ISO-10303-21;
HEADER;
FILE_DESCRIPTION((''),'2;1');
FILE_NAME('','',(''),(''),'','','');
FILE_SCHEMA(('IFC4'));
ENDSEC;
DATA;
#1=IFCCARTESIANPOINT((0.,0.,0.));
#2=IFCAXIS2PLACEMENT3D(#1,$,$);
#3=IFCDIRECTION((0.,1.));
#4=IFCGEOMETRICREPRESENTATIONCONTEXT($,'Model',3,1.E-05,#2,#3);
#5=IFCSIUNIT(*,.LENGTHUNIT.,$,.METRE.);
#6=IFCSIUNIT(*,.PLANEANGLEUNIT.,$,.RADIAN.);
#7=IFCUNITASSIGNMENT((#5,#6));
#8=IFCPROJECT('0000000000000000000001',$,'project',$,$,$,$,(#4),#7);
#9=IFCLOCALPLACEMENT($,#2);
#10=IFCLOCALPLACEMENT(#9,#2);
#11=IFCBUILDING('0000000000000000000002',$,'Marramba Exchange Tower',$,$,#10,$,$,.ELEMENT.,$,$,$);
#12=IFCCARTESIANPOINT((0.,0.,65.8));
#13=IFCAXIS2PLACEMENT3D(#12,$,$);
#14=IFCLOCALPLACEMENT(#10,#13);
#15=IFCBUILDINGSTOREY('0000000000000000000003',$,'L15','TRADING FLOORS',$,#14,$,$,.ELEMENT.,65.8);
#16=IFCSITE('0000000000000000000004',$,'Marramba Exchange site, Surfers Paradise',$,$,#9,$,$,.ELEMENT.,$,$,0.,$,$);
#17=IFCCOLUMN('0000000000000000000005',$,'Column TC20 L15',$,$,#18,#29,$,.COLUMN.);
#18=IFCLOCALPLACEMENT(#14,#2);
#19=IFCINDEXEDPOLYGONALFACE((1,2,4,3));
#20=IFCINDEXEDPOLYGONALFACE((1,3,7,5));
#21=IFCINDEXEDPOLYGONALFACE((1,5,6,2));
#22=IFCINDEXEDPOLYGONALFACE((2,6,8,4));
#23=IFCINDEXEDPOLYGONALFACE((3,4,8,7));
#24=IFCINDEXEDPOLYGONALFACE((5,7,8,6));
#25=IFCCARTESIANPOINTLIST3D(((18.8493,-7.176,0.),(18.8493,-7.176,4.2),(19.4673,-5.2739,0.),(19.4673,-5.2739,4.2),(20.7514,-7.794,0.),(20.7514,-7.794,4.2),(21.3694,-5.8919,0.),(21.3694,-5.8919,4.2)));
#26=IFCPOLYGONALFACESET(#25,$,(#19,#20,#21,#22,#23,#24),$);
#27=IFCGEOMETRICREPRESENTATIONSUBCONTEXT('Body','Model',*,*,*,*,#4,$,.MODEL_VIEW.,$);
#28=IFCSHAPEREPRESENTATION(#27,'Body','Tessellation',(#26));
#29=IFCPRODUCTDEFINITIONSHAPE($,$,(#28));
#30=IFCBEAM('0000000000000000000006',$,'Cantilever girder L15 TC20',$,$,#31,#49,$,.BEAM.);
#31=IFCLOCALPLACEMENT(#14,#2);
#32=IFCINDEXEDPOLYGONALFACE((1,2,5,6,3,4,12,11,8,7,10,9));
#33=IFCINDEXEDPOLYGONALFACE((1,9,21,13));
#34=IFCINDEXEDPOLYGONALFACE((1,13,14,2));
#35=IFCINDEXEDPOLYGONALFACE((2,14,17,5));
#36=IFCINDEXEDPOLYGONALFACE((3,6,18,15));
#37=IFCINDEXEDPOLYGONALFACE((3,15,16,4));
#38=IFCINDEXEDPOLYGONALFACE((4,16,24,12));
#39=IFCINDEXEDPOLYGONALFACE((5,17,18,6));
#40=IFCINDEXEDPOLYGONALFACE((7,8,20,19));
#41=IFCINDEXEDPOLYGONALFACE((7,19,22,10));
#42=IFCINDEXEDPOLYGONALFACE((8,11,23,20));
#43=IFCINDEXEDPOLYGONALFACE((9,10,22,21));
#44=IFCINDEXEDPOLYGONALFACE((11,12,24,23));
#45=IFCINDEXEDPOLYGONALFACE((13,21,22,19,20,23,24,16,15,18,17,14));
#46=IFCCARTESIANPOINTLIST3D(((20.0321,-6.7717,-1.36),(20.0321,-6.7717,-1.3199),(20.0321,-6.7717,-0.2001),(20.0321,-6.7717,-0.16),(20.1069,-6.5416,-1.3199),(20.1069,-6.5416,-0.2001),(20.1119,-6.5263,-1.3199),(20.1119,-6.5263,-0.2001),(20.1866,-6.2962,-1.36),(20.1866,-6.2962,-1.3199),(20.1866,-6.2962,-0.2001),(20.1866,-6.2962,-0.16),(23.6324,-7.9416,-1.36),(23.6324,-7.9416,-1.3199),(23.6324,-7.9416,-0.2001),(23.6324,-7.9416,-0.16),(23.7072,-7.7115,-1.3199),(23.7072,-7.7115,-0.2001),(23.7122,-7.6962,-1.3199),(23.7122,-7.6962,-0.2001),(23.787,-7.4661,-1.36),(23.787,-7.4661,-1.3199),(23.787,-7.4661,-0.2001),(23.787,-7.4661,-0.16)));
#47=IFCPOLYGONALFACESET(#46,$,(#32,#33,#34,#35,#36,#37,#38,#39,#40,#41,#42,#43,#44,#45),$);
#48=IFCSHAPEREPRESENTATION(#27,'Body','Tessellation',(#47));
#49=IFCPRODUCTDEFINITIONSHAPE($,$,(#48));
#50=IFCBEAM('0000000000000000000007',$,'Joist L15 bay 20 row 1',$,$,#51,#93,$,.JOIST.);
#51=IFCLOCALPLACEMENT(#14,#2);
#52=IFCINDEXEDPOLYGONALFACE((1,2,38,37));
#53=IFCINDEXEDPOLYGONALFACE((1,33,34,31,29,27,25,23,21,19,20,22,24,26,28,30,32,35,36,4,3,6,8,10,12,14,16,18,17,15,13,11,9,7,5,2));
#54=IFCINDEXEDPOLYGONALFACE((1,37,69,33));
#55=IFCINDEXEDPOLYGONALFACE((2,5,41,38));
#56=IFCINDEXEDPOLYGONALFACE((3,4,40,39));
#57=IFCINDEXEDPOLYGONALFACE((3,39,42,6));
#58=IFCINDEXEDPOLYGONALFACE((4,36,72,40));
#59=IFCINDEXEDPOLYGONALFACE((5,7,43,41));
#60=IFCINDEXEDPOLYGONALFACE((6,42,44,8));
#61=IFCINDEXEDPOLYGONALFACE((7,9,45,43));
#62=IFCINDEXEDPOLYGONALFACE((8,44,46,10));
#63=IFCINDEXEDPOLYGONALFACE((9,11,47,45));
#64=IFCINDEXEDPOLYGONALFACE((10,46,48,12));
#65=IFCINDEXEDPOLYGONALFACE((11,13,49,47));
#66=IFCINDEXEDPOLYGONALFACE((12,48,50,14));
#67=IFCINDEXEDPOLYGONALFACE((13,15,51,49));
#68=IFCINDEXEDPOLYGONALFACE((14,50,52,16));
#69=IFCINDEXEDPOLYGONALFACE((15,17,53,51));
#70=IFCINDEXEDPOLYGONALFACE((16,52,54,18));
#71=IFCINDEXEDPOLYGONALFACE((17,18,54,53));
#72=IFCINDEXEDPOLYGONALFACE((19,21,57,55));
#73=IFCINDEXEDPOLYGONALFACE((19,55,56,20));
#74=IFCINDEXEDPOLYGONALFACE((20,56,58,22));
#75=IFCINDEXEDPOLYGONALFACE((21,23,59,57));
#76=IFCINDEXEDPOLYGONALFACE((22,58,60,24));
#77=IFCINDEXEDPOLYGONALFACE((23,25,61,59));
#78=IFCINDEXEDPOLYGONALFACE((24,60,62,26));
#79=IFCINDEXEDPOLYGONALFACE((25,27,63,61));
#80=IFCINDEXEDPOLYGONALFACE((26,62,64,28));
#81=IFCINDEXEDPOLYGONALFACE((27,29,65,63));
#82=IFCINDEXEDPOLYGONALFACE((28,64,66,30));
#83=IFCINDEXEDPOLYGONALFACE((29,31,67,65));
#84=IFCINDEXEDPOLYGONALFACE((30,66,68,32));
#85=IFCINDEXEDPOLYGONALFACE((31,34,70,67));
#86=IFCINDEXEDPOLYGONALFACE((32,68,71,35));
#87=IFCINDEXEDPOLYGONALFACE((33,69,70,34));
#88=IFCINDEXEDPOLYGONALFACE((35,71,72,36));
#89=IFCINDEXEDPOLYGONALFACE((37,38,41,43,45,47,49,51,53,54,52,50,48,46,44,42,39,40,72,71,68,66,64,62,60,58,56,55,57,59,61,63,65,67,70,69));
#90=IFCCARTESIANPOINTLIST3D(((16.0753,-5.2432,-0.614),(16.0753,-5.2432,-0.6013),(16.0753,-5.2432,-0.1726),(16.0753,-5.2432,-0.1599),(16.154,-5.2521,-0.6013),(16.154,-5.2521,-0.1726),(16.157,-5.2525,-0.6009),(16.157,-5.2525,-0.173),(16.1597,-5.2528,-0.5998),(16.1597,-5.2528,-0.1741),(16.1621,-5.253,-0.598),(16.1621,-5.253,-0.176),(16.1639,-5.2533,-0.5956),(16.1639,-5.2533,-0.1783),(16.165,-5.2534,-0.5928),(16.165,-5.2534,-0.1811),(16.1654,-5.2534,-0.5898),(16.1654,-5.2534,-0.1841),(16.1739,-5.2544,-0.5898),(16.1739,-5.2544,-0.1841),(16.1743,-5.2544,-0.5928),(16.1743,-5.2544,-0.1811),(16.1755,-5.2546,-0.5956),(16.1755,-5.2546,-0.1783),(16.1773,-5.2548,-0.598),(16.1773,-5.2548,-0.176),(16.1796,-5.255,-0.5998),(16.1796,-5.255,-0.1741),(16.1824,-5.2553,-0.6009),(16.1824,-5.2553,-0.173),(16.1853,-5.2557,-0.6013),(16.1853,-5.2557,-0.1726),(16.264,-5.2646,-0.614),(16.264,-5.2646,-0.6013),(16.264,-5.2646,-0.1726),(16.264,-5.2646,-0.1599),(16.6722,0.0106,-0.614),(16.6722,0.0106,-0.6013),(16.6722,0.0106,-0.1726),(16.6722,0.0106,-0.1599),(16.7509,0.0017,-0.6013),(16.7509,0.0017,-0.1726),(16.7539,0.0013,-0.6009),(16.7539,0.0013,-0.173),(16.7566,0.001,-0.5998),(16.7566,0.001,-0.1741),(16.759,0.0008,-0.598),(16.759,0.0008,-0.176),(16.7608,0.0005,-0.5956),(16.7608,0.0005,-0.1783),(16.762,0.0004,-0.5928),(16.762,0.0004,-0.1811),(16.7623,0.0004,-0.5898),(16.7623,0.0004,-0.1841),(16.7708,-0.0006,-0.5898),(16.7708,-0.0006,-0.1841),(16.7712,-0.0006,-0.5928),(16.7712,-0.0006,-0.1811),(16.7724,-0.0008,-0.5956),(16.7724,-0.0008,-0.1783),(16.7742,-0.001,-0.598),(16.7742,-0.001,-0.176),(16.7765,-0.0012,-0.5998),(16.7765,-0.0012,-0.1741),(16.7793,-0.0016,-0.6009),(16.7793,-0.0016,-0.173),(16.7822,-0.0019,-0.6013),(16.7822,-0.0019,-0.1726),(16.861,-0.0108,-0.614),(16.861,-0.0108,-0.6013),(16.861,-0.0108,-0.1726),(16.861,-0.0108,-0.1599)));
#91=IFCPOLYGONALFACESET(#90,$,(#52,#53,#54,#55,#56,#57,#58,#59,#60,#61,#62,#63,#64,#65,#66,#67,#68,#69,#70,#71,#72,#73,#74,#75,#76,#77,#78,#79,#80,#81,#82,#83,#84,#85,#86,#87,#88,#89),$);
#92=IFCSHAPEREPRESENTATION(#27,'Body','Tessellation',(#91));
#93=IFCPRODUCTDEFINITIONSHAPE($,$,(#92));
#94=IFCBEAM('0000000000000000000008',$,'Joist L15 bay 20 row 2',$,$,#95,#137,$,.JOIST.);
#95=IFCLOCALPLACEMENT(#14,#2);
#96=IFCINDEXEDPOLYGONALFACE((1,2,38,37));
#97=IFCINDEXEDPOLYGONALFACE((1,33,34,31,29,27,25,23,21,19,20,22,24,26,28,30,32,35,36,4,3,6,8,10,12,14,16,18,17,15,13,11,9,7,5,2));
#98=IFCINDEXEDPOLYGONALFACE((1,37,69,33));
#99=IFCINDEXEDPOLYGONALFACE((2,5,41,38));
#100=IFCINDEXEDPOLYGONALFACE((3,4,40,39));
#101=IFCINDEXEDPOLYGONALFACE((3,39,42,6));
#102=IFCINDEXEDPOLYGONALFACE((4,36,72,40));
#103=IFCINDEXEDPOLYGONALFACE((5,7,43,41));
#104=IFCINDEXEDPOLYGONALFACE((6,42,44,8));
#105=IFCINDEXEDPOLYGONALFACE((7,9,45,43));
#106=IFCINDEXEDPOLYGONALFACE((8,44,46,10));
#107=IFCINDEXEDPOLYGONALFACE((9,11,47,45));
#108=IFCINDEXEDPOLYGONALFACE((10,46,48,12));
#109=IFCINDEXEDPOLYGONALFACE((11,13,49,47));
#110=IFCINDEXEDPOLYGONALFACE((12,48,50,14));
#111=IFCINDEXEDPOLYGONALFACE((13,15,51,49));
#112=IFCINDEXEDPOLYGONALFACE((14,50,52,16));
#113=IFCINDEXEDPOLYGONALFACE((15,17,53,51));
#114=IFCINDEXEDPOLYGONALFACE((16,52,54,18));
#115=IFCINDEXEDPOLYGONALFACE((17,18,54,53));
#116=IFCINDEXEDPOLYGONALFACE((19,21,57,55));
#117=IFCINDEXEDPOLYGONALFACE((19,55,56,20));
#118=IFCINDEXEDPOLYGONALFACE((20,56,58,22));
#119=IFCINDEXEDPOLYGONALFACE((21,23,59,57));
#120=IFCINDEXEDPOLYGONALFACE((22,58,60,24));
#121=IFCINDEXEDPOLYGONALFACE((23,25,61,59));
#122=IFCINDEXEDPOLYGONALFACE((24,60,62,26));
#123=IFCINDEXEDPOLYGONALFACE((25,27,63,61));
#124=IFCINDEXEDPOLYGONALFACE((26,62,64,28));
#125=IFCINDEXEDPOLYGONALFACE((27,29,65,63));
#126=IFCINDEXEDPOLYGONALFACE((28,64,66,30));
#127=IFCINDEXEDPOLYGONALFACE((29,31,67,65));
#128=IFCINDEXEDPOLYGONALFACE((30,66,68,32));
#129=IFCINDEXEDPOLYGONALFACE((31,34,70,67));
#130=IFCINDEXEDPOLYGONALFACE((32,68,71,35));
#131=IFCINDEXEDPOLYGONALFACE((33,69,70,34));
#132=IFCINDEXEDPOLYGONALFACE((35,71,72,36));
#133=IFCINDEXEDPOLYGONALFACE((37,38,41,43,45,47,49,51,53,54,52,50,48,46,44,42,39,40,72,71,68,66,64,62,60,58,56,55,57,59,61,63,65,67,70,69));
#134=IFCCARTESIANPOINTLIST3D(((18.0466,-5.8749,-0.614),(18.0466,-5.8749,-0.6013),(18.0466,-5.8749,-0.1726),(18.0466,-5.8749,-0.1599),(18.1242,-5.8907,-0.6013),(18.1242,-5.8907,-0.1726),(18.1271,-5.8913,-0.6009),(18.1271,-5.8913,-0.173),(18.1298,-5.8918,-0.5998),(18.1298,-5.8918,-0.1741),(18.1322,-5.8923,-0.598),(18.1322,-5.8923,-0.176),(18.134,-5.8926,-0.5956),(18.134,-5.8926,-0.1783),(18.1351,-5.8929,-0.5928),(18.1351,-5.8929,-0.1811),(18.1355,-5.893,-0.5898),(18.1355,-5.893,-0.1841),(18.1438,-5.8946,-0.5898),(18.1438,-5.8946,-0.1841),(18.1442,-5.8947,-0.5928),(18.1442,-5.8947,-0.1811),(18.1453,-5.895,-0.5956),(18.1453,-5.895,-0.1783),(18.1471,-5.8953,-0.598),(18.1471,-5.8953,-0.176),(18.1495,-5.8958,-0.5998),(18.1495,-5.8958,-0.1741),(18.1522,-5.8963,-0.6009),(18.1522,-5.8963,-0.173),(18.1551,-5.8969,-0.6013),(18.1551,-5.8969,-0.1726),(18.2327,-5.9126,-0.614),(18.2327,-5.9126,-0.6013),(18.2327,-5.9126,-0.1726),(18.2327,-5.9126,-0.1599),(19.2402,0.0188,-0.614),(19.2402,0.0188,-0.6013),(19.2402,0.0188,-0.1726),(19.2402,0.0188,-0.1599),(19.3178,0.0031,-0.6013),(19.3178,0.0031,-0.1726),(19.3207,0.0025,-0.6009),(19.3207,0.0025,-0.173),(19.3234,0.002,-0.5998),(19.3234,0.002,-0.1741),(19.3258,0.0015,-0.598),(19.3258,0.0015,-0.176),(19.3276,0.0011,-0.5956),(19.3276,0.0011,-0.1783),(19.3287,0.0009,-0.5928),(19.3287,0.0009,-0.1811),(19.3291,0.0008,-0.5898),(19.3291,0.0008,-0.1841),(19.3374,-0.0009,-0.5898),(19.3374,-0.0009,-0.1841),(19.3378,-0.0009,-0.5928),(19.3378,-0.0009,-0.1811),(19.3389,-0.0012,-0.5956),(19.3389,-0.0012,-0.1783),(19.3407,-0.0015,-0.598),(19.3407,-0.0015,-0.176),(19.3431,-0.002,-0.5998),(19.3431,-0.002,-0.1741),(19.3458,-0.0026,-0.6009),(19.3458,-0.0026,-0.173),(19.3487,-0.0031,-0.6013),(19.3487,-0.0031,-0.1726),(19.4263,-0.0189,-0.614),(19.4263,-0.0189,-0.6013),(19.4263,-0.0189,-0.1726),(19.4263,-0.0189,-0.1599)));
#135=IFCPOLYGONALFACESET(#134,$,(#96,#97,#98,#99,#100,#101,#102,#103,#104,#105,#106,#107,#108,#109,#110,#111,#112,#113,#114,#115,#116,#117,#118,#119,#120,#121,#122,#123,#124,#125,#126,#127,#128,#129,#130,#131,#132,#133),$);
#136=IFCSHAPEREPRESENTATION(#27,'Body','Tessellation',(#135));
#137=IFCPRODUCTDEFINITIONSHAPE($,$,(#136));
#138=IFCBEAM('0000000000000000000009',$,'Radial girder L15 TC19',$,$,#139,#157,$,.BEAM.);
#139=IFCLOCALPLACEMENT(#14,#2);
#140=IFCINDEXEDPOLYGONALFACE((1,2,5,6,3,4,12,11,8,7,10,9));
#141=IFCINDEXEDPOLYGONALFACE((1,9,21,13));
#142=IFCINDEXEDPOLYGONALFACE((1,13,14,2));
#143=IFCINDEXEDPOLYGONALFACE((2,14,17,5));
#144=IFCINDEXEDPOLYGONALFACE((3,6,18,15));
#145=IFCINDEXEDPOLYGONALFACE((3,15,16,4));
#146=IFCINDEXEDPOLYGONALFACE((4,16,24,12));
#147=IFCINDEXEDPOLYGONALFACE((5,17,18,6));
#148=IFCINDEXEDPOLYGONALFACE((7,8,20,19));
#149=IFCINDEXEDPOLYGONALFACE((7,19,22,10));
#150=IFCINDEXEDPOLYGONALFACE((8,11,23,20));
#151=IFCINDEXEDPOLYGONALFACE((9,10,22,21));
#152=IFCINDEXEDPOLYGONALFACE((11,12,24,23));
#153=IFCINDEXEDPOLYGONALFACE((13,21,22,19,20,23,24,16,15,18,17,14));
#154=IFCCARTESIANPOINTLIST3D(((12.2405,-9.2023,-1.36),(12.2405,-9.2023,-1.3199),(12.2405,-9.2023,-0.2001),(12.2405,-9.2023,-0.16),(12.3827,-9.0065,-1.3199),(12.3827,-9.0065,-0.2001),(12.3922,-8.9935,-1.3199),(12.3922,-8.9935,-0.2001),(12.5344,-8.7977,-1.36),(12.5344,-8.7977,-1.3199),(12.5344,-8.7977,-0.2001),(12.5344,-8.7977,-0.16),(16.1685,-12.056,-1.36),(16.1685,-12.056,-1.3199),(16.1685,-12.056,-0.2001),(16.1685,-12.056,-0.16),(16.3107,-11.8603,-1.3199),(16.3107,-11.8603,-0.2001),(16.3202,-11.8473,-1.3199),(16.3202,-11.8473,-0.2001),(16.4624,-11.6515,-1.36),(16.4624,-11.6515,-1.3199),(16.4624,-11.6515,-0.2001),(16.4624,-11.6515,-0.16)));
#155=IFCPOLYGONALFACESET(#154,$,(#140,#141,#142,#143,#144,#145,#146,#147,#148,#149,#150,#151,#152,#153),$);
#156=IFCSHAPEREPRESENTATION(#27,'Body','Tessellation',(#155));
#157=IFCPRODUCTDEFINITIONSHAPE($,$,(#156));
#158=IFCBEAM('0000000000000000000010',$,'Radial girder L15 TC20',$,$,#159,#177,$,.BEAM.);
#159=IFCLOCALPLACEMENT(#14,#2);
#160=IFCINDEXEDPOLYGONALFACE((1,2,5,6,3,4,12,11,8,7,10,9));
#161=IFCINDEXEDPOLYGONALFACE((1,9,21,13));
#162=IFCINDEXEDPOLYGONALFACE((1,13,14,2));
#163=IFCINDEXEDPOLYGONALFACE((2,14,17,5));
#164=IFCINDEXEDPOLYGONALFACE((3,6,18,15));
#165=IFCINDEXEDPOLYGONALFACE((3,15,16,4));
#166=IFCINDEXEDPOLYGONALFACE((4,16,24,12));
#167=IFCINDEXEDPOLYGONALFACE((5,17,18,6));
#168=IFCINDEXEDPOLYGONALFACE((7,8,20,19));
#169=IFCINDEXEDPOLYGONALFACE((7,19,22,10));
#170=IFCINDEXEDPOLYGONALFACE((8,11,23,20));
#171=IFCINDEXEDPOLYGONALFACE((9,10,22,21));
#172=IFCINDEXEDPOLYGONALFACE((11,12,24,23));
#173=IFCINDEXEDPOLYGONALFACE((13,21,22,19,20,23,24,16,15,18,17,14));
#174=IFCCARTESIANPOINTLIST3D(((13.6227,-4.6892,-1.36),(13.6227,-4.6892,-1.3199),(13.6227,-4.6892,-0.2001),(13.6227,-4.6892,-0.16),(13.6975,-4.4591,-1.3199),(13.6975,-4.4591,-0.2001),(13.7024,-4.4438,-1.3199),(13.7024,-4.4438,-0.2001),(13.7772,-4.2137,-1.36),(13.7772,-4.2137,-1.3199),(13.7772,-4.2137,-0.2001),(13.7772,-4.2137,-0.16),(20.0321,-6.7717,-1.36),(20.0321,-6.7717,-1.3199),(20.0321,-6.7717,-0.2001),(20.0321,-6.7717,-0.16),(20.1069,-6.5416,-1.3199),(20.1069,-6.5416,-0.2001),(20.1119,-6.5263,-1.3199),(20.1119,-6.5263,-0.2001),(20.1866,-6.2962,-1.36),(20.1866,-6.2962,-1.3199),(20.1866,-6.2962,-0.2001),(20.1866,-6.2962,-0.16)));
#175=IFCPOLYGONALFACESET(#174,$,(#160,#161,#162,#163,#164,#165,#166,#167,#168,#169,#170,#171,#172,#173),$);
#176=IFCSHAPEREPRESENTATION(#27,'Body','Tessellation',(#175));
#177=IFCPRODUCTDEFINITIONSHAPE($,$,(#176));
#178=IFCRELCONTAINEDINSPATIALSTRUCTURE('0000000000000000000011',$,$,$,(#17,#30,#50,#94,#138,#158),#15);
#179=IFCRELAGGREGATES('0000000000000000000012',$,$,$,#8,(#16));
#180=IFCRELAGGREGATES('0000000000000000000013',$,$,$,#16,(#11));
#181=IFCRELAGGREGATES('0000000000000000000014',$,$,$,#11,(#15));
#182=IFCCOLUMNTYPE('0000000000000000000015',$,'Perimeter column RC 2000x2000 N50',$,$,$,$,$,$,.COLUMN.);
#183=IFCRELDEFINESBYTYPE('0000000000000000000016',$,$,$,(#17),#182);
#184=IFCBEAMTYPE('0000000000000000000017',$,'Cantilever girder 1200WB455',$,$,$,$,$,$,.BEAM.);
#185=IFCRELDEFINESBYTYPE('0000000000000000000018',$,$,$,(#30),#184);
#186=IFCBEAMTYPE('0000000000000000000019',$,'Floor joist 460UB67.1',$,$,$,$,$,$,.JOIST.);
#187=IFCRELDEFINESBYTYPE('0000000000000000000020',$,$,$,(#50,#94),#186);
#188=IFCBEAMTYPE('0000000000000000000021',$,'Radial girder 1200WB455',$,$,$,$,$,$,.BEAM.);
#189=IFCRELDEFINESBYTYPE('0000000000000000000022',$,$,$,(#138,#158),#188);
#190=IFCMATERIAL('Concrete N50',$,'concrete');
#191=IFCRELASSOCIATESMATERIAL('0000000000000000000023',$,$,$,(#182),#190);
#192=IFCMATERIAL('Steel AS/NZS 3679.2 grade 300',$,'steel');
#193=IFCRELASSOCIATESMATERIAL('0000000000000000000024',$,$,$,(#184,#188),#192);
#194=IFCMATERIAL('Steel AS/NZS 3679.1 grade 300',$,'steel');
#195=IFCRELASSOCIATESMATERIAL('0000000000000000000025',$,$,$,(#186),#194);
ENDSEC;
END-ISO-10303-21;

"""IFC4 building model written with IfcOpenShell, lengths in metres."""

from ifc_helpers import new_model, si_unit, direction, frame, origin, origin_2d, place, context, subcontext, project, spatial, rectangle, i_section, extrude, material, material_profile, profile_set, type_object, element, save


model = new_model("IFC4")

# Units and contexts
model_context = context("Model", 3, precision=1e-05, world=origin(), true_north=direction((0.0, 1.0)))
body_context = subcontext(model_context, "Body", "Model", "MODEL_VIEW")
ifc_project = project(units=[si_unit("LENGTHUNIT", "METRE"), si_unit("PLANEANGLEUNIT", "RADIAN")], contexts=[model_context])

# Site, building, storey
site_placement = place(None, origin())
site = spatial("IfcSite", under=ifc_project, at=site_placement, Name="Marramba Exchange site, Surfers Paradise", CompositionType="ELEMENT", RefElevation=0.0)
building_placement = place(site_placement, origin())
building = spatial("IfcBuilding", under=site, at=building_placement, Name="Marramba Exchange Tower", CompositionType="ELEMENT")
storey_placement = place(building_placement, frame((0.0, 0.0, 65.8)))
storey = spatial("IfcBuildingStorey", under=building, at=storey_placement, Name="L15", Description="TRADING FLOORS", CompositionType="ELEMENT", Elevation=65.8)

# Column
ifc_material_1 = material(Name="Concrete N50", Category="concrete")
ifc_material_profile_1 = material_profile(ifc_material_1, rectangle(XDim=2.0, YDim=2.0, at=origin_2d()), Name="RC 2000x2000")
ifc_profile_set_1 = profile_set([ifc_material_profile_1], Name="Concrete N50")
column_type = type_object("IfcColumnType", Name="Perimeter column RC 2000x2000 N50", PredefinedType="COLUMN", material=ifc_profile_set_1)
column_placement = place(storey_placement, frame((20.1094, -6.5339, 0.0), z_axis=(0.0, 0.0, 1.0), x_axis=(0.951057, -0.309017, 0.0)))
element("IfcColumn", 1, at=column_placement, inside=storey, type_object=column_type, Name="Column TC20 L15", PredefinedType="COLUMN", context=body_context, shape_type="SweptSolid", body=[
    extrude(rectangle(XDim=2.0, YDim=2.0, at=origin_2d()), origin(), (0.0, 0.0, 1.0), 4.2),
])

# Beams
ifc_material_2 = material(Name="Steel AS/NZS 3679.2 grade 300", Category="steel")
ifc_material_profile_2 = material_profile(ifc_material_2, i_section(OverallWidth=0.5, OverallDepth=1.2, WebThickness=0.0161, FlangeThickness=0.04, at=origin_2d()), Name="1200WB455")
ifc_profile_set_2 = profile_set([ifc_material_profile_2], Name="Steel AS/NZS 3679.2 grade 300")
beam_type_1 = type_object("IfcBeamType", Name="Cantilever girder 1200WB455", PredefinedType="BEAM", material=ifc_profile_set_2)
beam_1_placement = place(storey_placement, frame((20.1094, -6.5339, -0.76), z_axis=(0.951049, -0.309041, 0.0), x_axis=(0.309041, 0.951049, 0.0)))
element("IfcBeam", 2, at=beam_1_placement, inside=storey, type_object=beam_type_1, Name="Cantilever girder L15 TC20", PredefinedType="BEAM", context=body_context, shape_type="SweptSolid", body=[
    extrude(i_section(OverallWidth=0.5, OverallDepth=1.2, WebThickness=0.0161, FlangeThickness=0.04, at=origin_2d()), origin(), (0.0, 0.0, 1.0), 3.7856),
])
ifc_material_3 = material(Name="Steel AS/NZS 3679.1 grade 300", Category="steel")
ifc_material_profile_3 = material_profile(ifc_material_3, i_section(OverallWidth=0.1899, OverallDepth=0.4541, WebThickness=0.0085, FlangeThickness=0.0127, FilletRadius=0.0115, at=origin_2d()), Name="460UB67.1")
ifc_profile_set_3 = profile_set([ifc_material_profile_3], Name="Steel AS/NZS 3679.1 grade 300")
beam_type_2 = type_object("IfcBeamType", Name="Floor joist 460UB67.1", PredefinedType="JOIST", material=ifc_profile_set_3)
beam_2_placement = place(storey_placement, frame((16.1697, -5.2539, -0.387), z_axis=(0.112889, 0.993608, 0.0), x_axis=(-0.993608, 0.112889, 0.0)))
element("IfcBeam", 3, at=beam_2_placement, inside=storey, type_object=beam_type_2, Name="Joist L15 bay 20 row 1", PredefinedType="JOIST", context=body_context, shape_type="SweptSolid", body=[
    extrude(i_section(OverallWidth=0.1899, OverallDepth=0.4541, WebThickness=0.0085, FlangeThickness=0.0127, FilletRadius=0.0115, at=origin_2d()), origin(), (0.0, 0.0, 1.0), 5.2876),
])
beam_3_placement = place(storey_placement, frame((18.1396, -5.8938, -0.387), z_axis=(0.198489, 0.980103, 0.0), x_axis=(-0.980103, 0.198489, 0.0)))
element("IfcBeam", 4, at=beam_3_placement, inside=storey, type_object=beam_type_2, Name="Joist L15 bay 20 row 2", PredefinedType="JOIST", context=body_context, shape_type="SweptSolid", body=[
    extrude(i_section(OverallWidth=0.1899, OverallDepth=0.4541, WebThickness=0.0085, FlangeThickness=0.0127, FilletRadius=0.0115, at=origin_2d()), origin(), (0.0, 0.0, 1.0), 6.0134),
])
ifc_material_profile_4 = material_profile(ifc_material_2, i_section(OverallWidth=0.5, OverallDepth=1.2, WebThickness=0.0161, FlangeThickness=0.04, at=origin_2d()), Name="1200WB455")
ifc_profile_set_4 = profile_set([ifc_material_profile_4], Name="Steel AS/NZS 3679.2 grade 300")
beam_type_3 = type_object("IfcBeamType", Name="Radial girder 1200WB455", PredefinedType="BEAM", material=ifc_profile_set_4)
beam_4_placement = place(storey_placement, frame((12.3875, -9.0, -0.76), z_axis=(0.809025, -0.587774, 0.0), x_axis=(0.587774, 0.809025, 0.0)))
element("IfcBeam", 5, at=beam_4_placement, inside=storey, type_object=beam_type_3, Name="Radial girder L15 TC19", PredefinedType="BEAM", context=body_context, shape_type="SweptSolid", body=[
    extrude(i_section(OverallWidth=0.5, OverallDepth=1.2, WebThickness=0.0161, FlangeThickness=0.04, at=origin_2d()), origin(), (0.0, 0.0, 1.0), 4.8552),
])
beam_5_placement = place(storey_placement, frame((13.7, -4.4514, -0.76), z_axis=(0.951058, -0.309013, 0.0), x_axis=(0.309013, 0.951058, 0.0)))
element("IfcBeam", 6, at=beam_5_placement, inside=storey, type_object=beam_type_3, Name="Radial girder L15 TC20", PredefinedType="BEAM", context=body_context, shape_type="SweptSolid", body=[
    extrude(i_section(OverallWidth=0.5, OverallDepth=1.2, WebThickness=0.0161, FlangeThickness=0.04, at=origin_2d()), origin(), (0.0, 0.0, 1.0), 6.7393),
])

save(model, "model.ifc")
